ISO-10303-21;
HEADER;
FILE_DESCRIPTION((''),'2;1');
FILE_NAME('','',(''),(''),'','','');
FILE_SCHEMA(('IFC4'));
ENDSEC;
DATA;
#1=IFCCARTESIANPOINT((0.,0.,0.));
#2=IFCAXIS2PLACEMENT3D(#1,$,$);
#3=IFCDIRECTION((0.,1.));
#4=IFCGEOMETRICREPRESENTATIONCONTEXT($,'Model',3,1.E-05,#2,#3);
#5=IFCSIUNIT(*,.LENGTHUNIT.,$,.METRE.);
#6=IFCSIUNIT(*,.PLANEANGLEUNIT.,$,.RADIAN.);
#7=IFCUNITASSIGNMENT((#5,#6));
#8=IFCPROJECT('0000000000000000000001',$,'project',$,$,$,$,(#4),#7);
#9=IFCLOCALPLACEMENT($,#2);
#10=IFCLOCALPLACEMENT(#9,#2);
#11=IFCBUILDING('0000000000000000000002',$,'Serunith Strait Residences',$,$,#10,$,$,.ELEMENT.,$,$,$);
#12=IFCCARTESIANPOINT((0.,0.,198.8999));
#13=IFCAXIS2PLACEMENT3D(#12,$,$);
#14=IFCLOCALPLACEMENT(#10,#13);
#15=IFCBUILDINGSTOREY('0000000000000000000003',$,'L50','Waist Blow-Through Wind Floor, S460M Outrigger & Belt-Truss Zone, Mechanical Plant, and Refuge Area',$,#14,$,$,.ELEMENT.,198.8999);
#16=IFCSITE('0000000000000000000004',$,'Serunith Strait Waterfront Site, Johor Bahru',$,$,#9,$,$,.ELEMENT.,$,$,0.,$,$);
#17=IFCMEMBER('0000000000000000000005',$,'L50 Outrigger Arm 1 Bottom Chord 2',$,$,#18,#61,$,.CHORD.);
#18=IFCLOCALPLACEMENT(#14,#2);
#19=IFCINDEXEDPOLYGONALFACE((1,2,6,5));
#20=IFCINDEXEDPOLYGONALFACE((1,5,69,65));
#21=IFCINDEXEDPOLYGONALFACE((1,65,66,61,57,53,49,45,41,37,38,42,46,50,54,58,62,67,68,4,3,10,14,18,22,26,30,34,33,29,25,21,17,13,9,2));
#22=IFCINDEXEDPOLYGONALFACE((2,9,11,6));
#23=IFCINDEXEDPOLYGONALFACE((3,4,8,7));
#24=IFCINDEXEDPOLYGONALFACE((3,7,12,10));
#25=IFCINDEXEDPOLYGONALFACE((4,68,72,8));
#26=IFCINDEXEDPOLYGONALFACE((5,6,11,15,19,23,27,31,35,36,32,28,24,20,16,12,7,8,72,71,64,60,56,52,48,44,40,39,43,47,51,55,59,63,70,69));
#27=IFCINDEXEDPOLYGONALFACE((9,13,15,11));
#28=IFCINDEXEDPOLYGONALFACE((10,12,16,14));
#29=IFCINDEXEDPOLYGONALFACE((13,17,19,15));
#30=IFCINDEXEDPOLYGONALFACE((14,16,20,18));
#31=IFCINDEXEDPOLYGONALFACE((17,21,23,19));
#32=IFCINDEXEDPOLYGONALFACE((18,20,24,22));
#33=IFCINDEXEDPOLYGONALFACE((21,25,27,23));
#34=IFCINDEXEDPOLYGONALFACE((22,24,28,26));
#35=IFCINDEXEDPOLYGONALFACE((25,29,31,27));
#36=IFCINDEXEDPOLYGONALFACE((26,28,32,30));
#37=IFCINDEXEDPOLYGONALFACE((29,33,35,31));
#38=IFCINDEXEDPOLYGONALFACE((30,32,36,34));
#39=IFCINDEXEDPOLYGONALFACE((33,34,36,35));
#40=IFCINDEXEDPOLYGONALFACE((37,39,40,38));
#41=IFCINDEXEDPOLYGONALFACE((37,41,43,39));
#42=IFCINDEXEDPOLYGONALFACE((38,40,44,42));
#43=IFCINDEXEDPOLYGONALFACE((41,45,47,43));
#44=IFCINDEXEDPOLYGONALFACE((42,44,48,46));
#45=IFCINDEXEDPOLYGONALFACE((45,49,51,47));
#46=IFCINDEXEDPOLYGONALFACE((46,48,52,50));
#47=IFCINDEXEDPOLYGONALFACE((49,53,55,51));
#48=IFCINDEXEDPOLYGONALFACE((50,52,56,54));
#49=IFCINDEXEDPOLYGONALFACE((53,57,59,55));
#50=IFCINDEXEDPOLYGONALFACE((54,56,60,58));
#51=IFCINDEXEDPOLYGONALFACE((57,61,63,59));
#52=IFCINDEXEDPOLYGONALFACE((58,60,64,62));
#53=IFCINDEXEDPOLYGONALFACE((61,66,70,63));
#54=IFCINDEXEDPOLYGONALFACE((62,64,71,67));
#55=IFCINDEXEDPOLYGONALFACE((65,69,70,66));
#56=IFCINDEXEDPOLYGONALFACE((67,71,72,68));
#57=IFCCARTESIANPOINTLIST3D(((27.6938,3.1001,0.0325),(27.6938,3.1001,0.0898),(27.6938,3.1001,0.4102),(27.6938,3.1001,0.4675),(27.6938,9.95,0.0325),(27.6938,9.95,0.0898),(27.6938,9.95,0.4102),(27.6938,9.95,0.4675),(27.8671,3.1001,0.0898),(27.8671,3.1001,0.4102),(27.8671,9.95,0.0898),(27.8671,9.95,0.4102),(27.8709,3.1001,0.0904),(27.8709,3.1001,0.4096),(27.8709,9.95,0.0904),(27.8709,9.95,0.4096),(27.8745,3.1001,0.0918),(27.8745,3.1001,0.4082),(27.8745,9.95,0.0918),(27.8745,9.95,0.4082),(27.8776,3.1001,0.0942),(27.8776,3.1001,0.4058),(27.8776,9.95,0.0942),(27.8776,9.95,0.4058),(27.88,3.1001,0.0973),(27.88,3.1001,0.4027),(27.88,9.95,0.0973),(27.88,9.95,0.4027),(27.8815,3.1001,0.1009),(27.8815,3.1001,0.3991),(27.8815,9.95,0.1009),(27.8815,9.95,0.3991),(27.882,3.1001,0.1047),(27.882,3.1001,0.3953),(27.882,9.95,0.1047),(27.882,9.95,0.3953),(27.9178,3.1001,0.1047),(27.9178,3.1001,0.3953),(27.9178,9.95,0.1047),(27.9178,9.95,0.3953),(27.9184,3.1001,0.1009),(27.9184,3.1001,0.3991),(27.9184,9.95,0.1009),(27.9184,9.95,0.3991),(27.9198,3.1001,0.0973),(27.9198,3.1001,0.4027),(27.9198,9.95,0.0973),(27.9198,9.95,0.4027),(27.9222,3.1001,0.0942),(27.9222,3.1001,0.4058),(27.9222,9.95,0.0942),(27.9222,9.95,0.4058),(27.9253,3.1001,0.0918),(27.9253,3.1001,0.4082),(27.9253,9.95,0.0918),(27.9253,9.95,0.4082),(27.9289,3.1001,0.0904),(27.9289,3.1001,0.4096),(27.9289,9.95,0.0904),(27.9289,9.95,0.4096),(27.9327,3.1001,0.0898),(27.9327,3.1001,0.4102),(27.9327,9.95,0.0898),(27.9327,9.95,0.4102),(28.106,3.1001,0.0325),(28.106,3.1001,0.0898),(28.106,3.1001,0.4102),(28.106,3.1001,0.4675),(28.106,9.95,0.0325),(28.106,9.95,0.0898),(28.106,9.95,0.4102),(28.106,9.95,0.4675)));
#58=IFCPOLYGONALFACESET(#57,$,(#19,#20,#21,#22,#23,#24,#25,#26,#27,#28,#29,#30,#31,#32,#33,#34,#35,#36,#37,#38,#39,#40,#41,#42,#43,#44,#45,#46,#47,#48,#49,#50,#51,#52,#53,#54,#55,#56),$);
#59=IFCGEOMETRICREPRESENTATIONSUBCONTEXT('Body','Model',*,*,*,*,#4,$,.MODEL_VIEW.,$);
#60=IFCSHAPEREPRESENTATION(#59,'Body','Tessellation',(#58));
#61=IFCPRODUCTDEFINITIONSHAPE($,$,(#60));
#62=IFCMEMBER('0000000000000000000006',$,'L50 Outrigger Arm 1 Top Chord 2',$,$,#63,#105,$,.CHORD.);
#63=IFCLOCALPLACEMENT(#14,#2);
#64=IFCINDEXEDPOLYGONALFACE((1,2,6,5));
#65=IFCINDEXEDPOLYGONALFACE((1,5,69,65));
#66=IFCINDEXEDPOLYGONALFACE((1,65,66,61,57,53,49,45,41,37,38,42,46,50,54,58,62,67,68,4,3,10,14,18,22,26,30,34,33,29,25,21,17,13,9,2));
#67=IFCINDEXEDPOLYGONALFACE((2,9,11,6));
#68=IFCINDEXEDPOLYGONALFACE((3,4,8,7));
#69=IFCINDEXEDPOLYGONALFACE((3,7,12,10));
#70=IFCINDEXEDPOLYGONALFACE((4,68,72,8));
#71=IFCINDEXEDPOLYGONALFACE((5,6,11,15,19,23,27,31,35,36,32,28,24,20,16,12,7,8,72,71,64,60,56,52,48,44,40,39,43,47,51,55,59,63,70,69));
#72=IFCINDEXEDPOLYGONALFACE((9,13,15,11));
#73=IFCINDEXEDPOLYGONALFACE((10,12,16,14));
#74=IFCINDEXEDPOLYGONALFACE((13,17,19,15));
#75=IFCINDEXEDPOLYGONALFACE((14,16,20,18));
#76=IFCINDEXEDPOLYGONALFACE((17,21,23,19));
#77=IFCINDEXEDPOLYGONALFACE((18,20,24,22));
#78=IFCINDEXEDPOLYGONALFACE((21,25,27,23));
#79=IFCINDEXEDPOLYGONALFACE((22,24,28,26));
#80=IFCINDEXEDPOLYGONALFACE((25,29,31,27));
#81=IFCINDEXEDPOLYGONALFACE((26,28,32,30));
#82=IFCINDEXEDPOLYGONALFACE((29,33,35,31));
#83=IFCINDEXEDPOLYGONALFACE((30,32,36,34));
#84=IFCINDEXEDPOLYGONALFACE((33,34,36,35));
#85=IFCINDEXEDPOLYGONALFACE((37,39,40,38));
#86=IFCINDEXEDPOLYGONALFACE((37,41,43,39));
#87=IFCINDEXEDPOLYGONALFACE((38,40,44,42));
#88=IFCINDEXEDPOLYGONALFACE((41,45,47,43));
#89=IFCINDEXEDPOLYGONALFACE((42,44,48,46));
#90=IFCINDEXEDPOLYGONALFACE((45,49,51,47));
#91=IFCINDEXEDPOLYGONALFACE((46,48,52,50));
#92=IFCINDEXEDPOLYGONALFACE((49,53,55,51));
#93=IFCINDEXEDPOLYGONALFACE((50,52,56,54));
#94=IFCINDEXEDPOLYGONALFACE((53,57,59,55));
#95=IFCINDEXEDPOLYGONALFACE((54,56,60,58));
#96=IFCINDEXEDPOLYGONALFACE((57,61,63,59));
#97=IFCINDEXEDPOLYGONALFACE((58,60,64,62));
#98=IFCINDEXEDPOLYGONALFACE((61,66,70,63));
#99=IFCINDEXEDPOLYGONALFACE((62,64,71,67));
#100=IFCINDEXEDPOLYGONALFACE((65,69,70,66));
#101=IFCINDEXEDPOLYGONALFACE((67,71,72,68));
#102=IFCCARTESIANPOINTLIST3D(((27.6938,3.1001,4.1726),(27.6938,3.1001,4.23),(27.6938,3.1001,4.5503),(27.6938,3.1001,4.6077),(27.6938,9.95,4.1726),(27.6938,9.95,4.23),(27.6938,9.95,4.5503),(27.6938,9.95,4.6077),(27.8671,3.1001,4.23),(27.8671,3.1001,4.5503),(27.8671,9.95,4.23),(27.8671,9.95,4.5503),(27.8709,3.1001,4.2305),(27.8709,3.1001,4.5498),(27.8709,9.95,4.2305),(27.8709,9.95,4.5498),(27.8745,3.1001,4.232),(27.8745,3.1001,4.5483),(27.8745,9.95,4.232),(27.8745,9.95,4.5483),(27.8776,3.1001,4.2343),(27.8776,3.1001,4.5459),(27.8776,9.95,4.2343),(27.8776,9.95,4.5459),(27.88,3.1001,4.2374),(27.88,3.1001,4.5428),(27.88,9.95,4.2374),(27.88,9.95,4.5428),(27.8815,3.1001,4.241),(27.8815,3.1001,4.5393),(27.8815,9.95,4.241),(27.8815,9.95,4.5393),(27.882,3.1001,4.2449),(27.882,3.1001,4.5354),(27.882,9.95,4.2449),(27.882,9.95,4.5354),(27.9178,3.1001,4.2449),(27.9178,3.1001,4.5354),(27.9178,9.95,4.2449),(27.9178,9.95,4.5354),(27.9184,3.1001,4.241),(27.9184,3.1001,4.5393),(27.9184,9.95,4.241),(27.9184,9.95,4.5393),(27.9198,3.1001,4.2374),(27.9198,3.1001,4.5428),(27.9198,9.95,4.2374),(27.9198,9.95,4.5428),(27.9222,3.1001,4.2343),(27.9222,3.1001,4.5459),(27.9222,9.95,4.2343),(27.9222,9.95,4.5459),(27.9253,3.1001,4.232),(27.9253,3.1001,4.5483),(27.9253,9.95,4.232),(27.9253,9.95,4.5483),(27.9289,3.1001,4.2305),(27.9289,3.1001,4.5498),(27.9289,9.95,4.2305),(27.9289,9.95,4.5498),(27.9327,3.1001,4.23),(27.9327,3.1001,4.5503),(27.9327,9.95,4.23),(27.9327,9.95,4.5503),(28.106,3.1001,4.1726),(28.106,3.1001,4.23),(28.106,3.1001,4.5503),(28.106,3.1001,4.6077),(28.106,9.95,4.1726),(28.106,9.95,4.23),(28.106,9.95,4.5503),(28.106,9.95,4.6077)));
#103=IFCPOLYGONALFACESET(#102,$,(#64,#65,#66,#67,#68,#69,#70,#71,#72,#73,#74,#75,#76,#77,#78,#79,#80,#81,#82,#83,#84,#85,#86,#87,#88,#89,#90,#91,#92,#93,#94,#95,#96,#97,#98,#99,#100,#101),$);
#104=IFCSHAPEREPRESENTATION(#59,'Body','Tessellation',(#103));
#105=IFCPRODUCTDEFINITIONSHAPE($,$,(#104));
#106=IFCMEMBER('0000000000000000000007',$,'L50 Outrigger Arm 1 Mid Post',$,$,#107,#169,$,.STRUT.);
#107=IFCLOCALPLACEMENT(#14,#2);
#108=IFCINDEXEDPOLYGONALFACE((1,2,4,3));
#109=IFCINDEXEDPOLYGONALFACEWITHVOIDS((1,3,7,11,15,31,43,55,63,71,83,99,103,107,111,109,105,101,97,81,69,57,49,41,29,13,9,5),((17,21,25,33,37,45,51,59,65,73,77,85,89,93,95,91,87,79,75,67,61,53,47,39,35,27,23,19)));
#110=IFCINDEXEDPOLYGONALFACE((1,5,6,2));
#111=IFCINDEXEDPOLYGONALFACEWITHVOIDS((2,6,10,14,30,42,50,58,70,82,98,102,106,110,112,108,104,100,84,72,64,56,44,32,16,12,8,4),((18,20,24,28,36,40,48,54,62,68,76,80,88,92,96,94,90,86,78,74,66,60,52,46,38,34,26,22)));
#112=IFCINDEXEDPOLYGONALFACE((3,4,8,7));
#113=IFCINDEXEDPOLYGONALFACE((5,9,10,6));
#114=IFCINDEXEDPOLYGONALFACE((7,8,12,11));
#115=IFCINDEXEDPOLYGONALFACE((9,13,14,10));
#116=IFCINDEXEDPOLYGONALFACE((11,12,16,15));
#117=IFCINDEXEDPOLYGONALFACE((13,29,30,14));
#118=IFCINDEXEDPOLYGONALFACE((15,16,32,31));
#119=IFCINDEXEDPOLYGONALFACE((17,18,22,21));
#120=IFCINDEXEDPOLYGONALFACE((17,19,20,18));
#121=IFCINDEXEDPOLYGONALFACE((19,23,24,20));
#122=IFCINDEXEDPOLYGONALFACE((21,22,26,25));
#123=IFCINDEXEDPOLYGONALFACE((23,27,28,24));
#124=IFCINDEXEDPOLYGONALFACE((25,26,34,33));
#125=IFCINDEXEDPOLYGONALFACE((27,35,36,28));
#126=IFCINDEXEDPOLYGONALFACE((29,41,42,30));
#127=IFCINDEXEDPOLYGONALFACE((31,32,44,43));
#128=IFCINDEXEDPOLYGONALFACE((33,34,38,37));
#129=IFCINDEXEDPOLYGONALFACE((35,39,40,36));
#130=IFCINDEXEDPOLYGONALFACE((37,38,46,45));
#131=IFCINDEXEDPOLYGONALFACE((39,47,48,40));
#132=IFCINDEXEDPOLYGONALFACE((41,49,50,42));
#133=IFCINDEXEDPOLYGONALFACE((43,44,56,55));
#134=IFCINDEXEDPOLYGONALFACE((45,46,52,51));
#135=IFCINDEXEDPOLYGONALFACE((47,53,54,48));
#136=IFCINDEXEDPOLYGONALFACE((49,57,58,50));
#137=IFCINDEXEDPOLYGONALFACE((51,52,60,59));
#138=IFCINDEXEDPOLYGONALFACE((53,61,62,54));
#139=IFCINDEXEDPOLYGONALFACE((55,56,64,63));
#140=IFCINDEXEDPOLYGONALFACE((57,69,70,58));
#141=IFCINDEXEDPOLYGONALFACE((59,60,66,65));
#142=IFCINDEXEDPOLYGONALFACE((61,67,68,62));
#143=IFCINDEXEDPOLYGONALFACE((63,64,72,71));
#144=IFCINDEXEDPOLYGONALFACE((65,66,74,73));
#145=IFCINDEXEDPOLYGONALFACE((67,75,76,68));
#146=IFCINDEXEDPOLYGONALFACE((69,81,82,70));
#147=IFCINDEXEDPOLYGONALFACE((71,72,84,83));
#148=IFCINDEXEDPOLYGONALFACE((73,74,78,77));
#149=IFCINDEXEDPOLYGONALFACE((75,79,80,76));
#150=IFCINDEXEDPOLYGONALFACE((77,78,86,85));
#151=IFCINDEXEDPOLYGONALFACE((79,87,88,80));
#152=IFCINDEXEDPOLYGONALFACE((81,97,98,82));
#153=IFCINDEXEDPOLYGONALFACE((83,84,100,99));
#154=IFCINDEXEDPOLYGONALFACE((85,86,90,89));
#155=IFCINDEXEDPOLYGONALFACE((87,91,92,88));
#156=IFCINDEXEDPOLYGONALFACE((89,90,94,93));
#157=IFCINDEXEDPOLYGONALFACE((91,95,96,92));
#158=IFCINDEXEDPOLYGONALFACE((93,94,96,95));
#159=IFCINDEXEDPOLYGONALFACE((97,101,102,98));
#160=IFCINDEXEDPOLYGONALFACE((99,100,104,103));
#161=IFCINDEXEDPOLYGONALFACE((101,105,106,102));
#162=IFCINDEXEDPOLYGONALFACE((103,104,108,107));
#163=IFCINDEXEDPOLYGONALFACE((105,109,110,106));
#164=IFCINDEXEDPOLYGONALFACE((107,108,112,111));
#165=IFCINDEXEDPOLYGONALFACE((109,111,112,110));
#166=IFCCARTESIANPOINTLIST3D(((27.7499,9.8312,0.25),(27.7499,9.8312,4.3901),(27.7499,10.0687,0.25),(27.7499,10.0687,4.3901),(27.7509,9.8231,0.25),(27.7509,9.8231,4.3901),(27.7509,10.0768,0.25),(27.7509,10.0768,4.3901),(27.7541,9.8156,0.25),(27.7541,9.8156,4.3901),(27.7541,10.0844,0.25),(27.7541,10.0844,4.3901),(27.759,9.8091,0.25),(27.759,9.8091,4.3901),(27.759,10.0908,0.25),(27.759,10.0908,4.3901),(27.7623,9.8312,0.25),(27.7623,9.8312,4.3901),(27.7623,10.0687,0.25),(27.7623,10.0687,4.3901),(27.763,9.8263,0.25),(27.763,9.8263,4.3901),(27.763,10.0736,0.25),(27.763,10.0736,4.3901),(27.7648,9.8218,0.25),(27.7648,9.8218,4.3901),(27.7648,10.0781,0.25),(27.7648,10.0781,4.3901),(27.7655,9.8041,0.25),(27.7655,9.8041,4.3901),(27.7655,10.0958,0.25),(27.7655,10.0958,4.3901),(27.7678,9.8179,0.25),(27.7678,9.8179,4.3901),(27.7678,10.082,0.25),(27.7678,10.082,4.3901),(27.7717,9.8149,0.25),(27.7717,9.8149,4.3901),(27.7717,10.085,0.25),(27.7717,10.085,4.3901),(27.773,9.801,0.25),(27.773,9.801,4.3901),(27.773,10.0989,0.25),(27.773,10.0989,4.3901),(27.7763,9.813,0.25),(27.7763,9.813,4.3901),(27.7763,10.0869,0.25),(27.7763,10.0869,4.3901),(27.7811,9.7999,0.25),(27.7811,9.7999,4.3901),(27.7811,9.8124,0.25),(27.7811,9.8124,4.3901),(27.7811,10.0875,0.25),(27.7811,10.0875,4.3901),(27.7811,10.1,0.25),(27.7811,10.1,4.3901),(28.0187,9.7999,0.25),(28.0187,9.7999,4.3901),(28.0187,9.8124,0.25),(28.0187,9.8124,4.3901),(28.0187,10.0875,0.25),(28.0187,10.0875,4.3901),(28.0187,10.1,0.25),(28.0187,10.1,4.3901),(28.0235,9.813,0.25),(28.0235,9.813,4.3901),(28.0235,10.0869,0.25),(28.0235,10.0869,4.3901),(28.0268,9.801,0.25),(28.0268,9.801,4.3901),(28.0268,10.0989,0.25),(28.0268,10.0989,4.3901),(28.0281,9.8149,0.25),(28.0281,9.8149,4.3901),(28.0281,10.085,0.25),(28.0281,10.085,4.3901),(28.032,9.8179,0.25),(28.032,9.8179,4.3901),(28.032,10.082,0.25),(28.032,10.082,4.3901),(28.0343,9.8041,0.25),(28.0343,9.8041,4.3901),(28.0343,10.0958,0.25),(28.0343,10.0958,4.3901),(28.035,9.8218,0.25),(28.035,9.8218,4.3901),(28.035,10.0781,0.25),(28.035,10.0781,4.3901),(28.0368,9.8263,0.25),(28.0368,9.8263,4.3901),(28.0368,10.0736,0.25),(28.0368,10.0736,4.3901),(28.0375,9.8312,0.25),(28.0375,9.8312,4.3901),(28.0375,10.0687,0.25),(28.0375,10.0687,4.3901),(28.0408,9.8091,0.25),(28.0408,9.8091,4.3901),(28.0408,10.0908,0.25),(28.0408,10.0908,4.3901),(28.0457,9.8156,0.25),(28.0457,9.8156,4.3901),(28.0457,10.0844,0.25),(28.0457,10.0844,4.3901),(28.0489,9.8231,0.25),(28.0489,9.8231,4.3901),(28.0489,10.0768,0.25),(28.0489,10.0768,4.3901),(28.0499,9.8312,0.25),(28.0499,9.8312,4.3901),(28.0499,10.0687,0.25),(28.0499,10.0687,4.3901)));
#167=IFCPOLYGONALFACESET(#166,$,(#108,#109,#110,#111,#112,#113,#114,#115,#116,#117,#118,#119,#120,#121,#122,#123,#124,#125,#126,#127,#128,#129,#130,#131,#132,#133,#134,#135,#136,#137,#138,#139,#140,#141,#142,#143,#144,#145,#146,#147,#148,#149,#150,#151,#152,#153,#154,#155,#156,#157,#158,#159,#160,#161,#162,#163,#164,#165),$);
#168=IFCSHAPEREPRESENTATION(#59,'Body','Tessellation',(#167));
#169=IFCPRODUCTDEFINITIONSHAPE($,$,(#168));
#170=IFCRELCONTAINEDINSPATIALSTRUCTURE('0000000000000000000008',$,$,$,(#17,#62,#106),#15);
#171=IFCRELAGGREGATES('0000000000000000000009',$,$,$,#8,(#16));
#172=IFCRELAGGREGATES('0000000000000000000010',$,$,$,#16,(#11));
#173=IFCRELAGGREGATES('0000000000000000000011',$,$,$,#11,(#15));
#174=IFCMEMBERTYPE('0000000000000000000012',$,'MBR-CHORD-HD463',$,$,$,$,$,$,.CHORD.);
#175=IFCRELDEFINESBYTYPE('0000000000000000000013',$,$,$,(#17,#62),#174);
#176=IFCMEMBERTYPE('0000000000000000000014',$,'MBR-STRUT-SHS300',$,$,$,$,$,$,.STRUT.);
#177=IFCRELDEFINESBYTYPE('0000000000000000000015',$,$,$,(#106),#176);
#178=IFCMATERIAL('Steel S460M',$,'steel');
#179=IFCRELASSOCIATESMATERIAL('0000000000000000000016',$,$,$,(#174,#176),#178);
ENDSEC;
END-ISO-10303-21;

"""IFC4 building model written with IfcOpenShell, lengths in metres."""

from ifc_helpers import new_model, si_unit, direction, frame, origin, origin_2d, place, context, subcontext, project, spatial, hollow_rectangle, i_section, extrude, source, transform, mapped, material, material_profile, profile_set, type_object, element, save


model = new_model("IFC4")

# Units and contexts
model_context = context("Model", 3, precision=1e-05, world=origin(), true_north=direction((0.0, 1.0)))
body_context = subcontext(model_context, "Body", "Model", "MODEL_VIEW")
ifc_project = project(units=[si_unit("LENGTHUNIT", "METRE"), si_unit("PLANEANGLEUNIT", "RADIAN")], contexts=[model_context])

# Site, building, storey
site_placement = place(None, origin())
site = spatial("IfcSite", under=ifc_project, at=site_placement, Name="Serunith Strait Waterfront Site, Johor Bahru", CompositionType="ELEMENT", RefElevation=0.0)
building_placement = place(site_placement, origin())
building = spatial("IfcBuilding", under=site, at=building_placement, Name="Serunith Strait Residences", CompositionType="ELEMENT")
storey_placement = place(building_placement, frame((0.0, 0.0, 198.8999)))
storey = spatial("IfcBuildingStorey", under=building, at=storey_placement, Name="L50", Description="Waist Blow-Through Wind Floor, S460M Outrigger & Belt-Truss Zone, Mechanical Plant, and Refuge Area", CompositionType="ELEMENT", Elevation=198.8999)

# Members
ifc_material_1 = material(Name="Steel S460M", Category="steel")
ifc_material_profile_1 = material_profile(ifc_material_1, i_section(OverallWidth=0.4121, OverallDepth=0.4351, WebThickness=0.0359, FlangeThickness=0.0574, FilletRadius=0.0149, at=origin_2d()), Name="HD 400x463")
ifc_profile_set_1 = profile_set([ifc_material_profile_1], Name="Steel S460M")
member_type_1 = type_object("IfcMemberType", Name="MBR-CHORD-HD463", PredefinedType="CHORD", material=ifc_profile_set_1)
shared_shape_1 = source(origin(), body_context, "Body", "SweptSolid", [
    extrude(i_section(OverallWidth=0.4121, OverallDepth=0.4351, WebThickness=0.0359, FlangeThickness=0.0574, FilletRadius=0.0149, at=origin_2d()), origin(), (0.0, 0.0, 1.0), 6.8499),
])
for number, where, z_axis, x_axis, name in (
    (1, (27.8999, 9.95, 0.25), (0.0, -1.0, 0.0), (1.0, 0.0, 0.0), "L50 Outrigger Arm 1 Bottom Chord 2"),
    (2, (27.8999, 9.95, 4.3901), (0.0, -1.0, 0.0), (1.0, 0.0, 0.0), "L50 Outrigger Arm 1 Top Chord 2"),
):
    element("IfcMember", number, at=place(storey_placement, frame(where, z_axis=z_axis, x_axis=x_axis)), inside=storey, type_object=member_type_1, Name=name, PredefinedType="CHORD", context=body_context, shape_type="MappedRepresentation", body=[
        mapped(shared_shape_1, transform((0.0, 0.0, 0.0), scale=1.0)),
    ])
ifc_material_profile_2 = material_profile(ifc_material_1, hollow_rectangle(XDim=0.3, YDim=0.3, WallThickness=0.0125, InnerFilletRadius=0.0188, OuterFilletRadius=0.0312, at=origin_2d()), Name="SHS 300x300x12.5")
ifc_profile_set_2 = profile_set([ifc_material_profile_2], Name="Steel S460M")
member_type_2 = type_object("IfcMemberType", Name="MBR-STRUT-SHS300", PredefinedType="STRUT", material=ifc_profile_set_2)
shared_shape_2 = source(origin(), body_context, "Body", "SweptSolid", [
    extrude(hollow_rectangle(XDim=0.3, YDim=0.3, WallThickness=0.0125, InnerFilletRadius=0.0188, OuterFilletRadius=0.0312, at=origin_2d()), origin(), (0.0, 0.0, 1.0), 4.1401),
])
member_1_placement = place(storey_placement, frame((27.8999, 9.95, 0.25), z_axis=(0.0, 0.0, 1.0), x_axis=(1.0, 0.0, 0.0)))
element("IfcMember", 3, at=member_1_placement, inside=storey, type_object=member_type_2, Name="L50 Outrigger Arm 1 Mid Post", PredefinedType="STRUT", context=body_context, shape_type="MappedRepresentation", body=[
    mapped(shared_shape_2, transform((0.0, 0.0, 0.0), scale=1.0)),
])

save(model, "model.ifc")
